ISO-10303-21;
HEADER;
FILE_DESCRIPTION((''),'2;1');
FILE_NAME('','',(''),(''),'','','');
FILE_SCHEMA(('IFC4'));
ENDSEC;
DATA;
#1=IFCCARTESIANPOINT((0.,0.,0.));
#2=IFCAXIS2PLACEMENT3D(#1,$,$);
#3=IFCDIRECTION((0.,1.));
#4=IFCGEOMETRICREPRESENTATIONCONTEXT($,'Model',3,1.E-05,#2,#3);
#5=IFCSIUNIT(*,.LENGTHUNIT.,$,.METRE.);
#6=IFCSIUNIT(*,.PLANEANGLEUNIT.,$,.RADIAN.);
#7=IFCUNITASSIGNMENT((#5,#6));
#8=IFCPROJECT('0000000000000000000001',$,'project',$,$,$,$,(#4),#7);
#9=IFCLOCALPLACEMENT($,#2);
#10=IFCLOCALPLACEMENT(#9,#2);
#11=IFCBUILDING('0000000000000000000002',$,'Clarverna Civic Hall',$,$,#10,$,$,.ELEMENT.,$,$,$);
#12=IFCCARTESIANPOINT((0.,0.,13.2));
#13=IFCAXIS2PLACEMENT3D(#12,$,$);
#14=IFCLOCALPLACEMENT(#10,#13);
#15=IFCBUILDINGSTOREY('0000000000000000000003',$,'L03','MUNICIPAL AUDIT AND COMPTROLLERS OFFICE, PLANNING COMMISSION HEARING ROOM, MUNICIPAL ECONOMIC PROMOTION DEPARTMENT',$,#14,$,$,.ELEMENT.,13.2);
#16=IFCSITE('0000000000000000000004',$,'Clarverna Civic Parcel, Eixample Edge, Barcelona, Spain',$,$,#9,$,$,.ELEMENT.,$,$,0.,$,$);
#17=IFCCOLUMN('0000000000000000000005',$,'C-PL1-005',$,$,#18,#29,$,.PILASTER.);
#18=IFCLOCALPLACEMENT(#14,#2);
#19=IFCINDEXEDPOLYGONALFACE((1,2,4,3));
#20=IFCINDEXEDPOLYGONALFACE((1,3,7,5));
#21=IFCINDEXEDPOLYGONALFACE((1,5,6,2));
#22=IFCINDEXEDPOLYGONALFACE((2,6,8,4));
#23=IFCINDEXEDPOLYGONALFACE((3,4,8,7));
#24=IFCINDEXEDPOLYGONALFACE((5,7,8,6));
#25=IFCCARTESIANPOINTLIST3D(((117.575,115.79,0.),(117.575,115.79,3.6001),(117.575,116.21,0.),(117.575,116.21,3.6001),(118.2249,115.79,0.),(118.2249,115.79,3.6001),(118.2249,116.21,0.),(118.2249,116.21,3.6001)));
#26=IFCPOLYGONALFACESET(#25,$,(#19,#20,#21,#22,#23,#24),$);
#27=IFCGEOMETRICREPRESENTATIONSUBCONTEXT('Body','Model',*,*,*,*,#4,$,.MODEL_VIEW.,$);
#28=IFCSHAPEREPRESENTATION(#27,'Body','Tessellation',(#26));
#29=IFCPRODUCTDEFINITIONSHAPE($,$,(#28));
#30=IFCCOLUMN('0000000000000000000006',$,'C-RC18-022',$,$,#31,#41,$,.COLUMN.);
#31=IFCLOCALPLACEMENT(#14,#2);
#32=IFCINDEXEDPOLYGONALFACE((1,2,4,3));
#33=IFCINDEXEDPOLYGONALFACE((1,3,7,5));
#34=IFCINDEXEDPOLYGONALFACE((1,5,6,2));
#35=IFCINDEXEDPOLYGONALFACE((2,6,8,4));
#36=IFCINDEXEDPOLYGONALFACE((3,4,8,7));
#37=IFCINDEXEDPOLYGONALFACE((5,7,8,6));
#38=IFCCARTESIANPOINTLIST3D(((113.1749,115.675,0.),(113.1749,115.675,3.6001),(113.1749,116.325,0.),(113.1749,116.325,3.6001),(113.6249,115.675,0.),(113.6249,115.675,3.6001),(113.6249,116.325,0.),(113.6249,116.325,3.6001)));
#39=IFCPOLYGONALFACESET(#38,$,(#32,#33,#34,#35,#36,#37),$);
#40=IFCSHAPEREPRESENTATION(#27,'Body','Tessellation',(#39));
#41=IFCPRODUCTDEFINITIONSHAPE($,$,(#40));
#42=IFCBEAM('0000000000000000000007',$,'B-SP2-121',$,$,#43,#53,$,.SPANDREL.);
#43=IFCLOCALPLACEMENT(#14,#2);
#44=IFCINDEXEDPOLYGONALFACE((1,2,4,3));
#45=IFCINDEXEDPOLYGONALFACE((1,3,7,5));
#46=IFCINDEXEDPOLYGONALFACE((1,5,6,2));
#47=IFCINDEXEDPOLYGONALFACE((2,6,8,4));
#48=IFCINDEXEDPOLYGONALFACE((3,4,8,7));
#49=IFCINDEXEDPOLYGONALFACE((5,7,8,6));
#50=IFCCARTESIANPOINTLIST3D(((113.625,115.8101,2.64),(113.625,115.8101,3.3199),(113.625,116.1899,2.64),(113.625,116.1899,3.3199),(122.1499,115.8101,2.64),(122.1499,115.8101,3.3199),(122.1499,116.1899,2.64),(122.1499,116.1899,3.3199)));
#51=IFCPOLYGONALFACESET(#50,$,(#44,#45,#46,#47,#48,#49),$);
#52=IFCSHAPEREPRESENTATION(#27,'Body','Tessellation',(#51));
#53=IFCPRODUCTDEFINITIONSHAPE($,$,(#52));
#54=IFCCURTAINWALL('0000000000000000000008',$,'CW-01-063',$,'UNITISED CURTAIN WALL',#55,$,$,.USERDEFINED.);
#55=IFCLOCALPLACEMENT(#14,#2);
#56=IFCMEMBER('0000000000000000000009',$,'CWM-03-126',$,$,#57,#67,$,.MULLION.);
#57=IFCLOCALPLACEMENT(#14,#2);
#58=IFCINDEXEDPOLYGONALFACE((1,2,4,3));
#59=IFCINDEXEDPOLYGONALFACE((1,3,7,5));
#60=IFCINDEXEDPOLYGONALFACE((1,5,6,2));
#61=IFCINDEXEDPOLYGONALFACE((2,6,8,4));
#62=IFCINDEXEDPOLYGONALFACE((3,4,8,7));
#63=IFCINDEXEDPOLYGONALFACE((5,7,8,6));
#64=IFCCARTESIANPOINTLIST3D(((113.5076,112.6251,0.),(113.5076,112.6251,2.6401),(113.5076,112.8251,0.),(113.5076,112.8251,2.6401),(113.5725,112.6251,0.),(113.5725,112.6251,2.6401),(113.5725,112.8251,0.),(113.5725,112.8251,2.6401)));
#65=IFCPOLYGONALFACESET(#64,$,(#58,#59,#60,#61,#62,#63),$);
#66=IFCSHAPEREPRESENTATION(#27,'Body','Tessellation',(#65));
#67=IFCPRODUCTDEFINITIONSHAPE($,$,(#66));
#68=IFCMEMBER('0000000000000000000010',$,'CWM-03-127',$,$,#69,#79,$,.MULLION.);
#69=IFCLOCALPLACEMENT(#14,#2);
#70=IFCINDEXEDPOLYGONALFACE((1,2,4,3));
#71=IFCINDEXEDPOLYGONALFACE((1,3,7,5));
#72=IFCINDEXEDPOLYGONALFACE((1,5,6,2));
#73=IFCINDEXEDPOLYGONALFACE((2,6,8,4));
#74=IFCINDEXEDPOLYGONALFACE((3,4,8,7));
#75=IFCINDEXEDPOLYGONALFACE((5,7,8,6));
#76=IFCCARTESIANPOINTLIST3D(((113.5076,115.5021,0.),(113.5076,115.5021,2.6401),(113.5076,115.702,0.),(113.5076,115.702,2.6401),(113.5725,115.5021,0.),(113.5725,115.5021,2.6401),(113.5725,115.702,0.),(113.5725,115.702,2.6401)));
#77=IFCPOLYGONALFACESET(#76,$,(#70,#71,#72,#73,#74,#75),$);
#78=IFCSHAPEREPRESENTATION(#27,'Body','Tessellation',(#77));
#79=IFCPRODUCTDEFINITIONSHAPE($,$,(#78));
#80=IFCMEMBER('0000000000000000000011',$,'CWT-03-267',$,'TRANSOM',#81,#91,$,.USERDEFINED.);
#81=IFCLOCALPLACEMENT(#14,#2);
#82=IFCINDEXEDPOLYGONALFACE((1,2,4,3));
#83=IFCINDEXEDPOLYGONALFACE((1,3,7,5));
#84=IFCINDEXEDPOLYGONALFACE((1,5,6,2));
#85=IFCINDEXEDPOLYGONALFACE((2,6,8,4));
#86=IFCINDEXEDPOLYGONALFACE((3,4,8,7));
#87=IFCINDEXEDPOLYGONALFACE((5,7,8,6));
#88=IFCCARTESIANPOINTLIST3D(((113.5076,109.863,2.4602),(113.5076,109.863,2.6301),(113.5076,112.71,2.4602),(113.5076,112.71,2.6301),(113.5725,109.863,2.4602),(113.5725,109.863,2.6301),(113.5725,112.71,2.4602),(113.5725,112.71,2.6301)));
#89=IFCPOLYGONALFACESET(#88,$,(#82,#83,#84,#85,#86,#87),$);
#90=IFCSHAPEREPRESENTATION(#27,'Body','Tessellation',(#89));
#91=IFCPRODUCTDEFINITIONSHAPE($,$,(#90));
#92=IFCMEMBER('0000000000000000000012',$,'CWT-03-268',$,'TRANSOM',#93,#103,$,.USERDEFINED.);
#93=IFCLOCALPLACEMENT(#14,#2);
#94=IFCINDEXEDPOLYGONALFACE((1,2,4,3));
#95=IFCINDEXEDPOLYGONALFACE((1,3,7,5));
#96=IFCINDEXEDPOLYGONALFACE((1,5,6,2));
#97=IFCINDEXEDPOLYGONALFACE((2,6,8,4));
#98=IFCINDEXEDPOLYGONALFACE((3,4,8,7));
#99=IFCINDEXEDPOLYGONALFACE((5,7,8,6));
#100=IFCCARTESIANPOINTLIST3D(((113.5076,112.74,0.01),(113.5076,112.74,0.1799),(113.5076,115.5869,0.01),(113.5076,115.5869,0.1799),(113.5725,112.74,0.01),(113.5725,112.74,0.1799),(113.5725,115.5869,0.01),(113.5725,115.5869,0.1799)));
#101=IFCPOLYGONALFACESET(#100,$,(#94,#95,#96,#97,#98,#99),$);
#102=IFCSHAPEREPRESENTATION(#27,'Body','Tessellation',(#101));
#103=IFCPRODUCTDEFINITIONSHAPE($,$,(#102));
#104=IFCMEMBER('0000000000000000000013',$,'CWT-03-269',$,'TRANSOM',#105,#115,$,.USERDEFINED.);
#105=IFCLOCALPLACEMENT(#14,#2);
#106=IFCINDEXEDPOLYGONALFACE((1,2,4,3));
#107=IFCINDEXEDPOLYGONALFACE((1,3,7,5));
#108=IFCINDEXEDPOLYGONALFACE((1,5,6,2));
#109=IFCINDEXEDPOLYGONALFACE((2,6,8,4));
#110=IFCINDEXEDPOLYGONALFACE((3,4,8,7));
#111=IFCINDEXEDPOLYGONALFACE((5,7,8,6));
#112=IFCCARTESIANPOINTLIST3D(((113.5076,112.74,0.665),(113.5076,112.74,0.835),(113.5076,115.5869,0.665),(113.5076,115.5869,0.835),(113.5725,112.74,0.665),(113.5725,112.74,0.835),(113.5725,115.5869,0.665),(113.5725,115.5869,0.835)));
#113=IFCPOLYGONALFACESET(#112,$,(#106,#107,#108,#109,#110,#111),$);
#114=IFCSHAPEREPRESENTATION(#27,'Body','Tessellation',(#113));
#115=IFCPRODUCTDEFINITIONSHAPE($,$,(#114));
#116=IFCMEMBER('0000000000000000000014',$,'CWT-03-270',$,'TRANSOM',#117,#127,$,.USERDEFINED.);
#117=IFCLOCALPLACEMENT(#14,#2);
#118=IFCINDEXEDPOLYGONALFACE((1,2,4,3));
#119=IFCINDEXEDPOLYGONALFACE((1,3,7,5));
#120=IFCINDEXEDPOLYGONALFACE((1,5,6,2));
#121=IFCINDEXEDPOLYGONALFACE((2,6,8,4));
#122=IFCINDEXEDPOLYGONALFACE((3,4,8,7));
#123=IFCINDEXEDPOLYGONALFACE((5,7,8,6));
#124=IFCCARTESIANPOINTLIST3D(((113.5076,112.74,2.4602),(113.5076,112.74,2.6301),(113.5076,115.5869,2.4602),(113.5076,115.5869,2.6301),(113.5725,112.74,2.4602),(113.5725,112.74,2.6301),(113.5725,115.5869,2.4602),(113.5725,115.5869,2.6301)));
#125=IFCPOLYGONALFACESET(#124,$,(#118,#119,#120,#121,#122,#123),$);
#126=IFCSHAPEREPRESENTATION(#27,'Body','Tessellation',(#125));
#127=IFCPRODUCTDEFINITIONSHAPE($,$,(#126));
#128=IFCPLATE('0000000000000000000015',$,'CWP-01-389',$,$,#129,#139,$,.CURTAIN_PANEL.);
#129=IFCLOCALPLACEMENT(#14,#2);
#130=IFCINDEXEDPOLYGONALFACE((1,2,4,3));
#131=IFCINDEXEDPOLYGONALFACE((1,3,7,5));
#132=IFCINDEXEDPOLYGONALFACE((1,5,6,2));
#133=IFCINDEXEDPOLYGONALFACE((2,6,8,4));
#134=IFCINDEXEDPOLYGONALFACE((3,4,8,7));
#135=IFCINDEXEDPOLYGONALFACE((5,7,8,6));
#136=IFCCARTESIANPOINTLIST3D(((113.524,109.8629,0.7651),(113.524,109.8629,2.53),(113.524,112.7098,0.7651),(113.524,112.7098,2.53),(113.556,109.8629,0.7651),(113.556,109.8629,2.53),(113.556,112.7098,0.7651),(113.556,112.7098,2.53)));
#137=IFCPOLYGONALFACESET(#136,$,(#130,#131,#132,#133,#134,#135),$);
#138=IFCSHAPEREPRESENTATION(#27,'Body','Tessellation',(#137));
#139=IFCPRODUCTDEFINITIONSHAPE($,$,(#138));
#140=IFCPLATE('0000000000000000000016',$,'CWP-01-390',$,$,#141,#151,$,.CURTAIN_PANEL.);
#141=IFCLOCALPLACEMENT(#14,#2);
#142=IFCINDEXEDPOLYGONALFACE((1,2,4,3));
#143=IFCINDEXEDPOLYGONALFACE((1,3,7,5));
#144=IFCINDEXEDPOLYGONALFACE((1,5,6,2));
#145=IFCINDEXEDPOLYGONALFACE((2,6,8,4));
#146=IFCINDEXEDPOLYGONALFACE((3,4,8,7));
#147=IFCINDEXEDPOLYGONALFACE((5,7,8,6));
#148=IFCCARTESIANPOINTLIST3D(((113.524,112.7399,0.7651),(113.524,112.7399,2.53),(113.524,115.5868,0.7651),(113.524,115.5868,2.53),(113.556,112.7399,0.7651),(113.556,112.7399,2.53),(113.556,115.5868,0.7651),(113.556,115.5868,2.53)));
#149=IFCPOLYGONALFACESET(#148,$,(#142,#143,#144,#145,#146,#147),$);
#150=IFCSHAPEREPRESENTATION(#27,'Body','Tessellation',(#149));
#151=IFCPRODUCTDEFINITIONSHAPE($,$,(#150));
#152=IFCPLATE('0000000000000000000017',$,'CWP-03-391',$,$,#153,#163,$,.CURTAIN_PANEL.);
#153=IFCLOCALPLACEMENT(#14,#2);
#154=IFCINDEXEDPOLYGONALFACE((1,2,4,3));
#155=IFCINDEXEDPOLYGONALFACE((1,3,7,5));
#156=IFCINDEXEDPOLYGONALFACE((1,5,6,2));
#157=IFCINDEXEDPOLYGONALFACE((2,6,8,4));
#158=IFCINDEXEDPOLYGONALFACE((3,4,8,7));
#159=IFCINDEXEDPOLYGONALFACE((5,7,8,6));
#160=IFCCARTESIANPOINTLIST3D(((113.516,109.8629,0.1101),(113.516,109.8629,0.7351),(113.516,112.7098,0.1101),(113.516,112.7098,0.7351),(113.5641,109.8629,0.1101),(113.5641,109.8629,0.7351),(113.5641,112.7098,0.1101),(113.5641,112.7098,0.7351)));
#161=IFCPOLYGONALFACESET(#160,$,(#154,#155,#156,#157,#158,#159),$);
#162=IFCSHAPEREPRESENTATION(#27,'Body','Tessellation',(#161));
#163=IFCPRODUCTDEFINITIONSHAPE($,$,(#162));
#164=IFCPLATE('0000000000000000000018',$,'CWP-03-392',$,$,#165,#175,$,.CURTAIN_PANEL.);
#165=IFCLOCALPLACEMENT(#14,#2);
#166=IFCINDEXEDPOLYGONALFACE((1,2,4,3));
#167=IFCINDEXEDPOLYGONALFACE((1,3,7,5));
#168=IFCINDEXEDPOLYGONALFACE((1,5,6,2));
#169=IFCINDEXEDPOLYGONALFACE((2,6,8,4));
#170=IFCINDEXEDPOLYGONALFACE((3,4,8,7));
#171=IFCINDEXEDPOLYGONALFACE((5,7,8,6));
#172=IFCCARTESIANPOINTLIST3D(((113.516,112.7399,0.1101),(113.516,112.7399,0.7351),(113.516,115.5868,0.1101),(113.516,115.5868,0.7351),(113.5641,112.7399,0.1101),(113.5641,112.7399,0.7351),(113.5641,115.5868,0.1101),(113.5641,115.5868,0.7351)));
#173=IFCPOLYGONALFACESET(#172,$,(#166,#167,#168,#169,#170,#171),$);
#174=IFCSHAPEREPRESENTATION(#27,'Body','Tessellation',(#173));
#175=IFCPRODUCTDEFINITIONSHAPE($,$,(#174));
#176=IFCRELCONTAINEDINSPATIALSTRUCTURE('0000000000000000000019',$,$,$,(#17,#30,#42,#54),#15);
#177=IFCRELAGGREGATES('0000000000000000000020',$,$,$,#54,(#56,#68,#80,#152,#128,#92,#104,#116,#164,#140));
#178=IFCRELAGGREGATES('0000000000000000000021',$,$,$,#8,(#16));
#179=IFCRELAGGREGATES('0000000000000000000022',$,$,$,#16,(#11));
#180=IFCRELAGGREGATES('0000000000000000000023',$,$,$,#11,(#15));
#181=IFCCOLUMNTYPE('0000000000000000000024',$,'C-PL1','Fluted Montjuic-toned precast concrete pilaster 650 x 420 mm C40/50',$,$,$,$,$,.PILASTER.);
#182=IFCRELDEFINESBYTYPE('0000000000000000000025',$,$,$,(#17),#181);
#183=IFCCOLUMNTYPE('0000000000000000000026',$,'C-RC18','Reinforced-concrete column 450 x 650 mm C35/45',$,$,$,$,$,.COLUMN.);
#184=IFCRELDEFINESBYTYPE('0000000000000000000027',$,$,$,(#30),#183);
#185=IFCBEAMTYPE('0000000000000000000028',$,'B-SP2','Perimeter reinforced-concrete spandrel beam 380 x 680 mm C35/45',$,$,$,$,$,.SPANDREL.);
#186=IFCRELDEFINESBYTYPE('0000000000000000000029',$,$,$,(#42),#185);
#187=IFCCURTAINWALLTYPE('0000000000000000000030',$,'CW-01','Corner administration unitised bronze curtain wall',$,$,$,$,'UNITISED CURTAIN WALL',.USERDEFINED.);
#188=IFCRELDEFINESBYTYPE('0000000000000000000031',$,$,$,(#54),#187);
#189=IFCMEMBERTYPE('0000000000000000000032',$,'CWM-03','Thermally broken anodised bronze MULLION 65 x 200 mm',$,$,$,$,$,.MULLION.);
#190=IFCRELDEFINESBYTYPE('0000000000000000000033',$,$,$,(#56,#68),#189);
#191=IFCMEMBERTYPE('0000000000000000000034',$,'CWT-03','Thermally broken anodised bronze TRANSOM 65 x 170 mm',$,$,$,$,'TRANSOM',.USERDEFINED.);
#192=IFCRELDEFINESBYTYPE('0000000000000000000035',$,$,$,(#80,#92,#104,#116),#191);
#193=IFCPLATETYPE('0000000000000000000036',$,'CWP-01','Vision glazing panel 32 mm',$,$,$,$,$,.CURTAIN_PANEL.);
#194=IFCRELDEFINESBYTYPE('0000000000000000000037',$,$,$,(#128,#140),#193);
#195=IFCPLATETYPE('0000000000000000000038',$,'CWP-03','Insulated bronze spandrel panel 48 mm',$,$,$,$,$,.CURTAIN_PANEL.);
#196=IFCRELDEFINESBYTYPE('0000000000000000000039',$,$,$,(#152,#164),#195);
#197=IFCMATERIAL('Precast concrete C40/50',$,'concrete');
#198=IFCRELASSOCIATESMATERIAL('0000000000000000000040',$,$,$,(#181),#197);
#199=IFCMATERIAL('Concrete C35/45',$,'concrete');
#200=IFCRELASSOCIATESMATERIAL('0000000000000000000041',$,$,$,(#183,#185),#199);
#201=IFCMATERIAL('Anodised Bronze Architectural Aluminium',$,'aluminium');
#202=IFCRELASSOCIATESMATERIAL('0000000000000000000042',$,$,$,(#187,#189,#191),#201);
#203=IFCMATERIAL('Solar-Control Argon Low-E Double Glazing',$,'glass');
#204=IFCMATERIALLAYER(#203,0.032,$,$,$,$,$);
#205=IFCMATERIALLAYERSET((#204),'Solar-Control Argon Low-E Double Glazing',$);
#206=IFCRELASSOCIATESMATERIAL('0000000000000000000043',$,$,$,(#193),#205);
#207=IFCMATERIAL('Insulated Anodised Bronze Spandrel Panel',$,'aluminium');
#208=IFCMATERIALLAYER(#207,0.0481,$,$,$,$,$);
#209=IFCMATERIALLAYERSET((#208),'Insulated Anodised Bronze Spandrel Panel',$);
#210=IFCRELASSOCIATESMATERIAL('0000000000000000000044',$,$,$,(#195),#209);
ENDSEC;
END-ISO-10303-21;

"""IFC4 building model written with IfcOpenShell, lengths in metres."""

from ifc_helpers import new_model, si_unit, direction, frame, frame_2d, origin, origin_2d, place, context, subcontext, project, spatial, rectangle, extrude, material, layer, layer_set, material_profile, profile_set, type_object, element, aggregate, save


model = new_model("IFC4")

# Units and contexts
model_context = context("Model", 3, precision=1e-05, world=origin(), true_north=direction((0.0, 1.0)))
body_context = subcontext(model_context, "Body", "Model", "MODEL_VIEW")
ifc_project = project(units=[si_unit("LENGTHUNIT", "METRE"), si_unit("PLANEANGLEUNIT", "RADIAN")], contexts=[model_context])

# Site, building, storey
site_placement = place(None, origin())
site = spatial("IfcSite", under=ifc_project, at=site_placement, Name="Clarverna Civic Parcel, Eixample Edge, Barcelona, Spain", CompositionType="ELEMENT", RefElevation=0.0)
building_placement = place(site_placement, origin())
building = spatial("IfcBuilding", under=site, at=building_placement, Name="Clarverna Civic Hall", CompositionType="ELEMENT")
storey_placement = place(building_placement, frame((0.0, 0.0, 13.2)))
storey = spatial("IfcBuildingStorey", under=building, at=storey_placement, Name="L03", Description="MUNICIPAL AUDIT AND COMPTROLLERS OFFICE, PLANNING COMMISSION HEARING ROOM, MUNICIPAL ECONOMIC PROMOTION DEPARTMENT", CompositionType="ELEMENT", Elevation=13.2)

# Columns
ifc_material_1 = material(Name="Precast concrete C40/50", Category="concrete")
ifc_material_profile_1 = material_profile(ifc_material_1, rectangle(XDim=0.6499, YDim=0.4199, at=origin_2d()), Name="PILASTER 650x420")
ifc_profile_set_1 = profile_set([ifc_material_profile_1], Name="Precast concrete C40/50")
column_type_1 = type_object("IfcColumnType", Name="C-PL1", Description="Fluted Montjuic-toned precast concrete pilaster 650 x 420 mm C40/50", PredefinedType="PILASTER", material=ifc_profile_set_1)
column_1_placement = place(storey_placement, frame((117.8999, 116.0, 0.0), z_axis=(0.0, 0.0, 1.0), x_axis=(1.0, 0.0, 0.0)))
element("IfcColumn", 1, at=column_1_placement, inside=storey, type_object=column_type_1, Name="C-PL1-005", PredefinedType="PILASTER", context=body_context, shape_type="SweptSolid", body=[
    extrude(rectangle(XDim=0.6499, YDim=0.4199, at=origin_2d()), origin(), (0.0, 0.0, 1.0), 3.6001),
])
ifc_material_2 = material(Name="Concrete C35/45", Category="concrete")
ifc_material_profile_2 = material_profile(ifc_material_2, rectangle(XDim=0.45, YDim=0.6499, at=origin_2d()), Name="RC 450x650")
ifc_profile_set_2 = profile_set([ifc_material_profile_2], Name="Concrete C35/45")
column_type_2 = type_object("IfcColumnType", Name="C-RC18", Description="Reinforced-concrete column 450 x 650 mm C35/45", PredefinedType="COLUMN", material=ifc_profile_set_2)
column_2_placement = place(storey_placement, frame((113.3999, 116.0, 0.0), z_axis=(0.0, 0.0, 1.0), x_axis=(1.0, 0.0, 0.0)))
element("IfcColumn", 2, at=column_2_placement, inside=storey, type_object=column_type_2, Name="C-RC18-022", PredefinedType="COLUMN", context=body_context, shape_type="SweptSolid", body=[
    extrude(rectangle(XDim=0.45, YDim=0.6499, at=origin_2d()), origin(), (0.0, 0.0, 1.0), 3.6001),
])

# Beam
ifc_material_profile_3 = material_profile(ifc_material_2, rectangle(XDim=0.3799, YDim=0.6799, at=origin_2d()), Name="RC 380x680")
ifc_profile_set_3 = profile_set([ifc_material_profile_3], Name="Concrete C35/45")
beam_type = type_object("IfcBeamType", Name="B-SP2", Description="Perimeter reinforced-concrete spandrel beam 380 x 680 mm C35/45", PredefinedType="SPANDREL", material=ifc_profile_set_3)
beam_placement = place(storey_placement, frame((113.625, 116.0, 2.98), z_axis=(1.0, 0.0, 0.0), x_axis=(0.0, 1.0, 0.0)))
element("IfcBeam", 3, at=beam_placement, inside=storey, type_object=beam_type, Name="B-SP2-121", PredefinedType="SPANDREL", context=body_context, shape_type="SweptSolid", body=[
    extrude(rectangle(XDim=0.3799, YDim=0.6799, at=origin_2d()), origin(), (0.0, 0.0, 1.0), 8.5249),
])

# Curtain wall, members, plates
ifc_material_3 = material(Name="Anodised Bronze Architectural Aluminium", Category="aluminium")
curtain_wall_type = type_object("IfcCurtainWallType", Name="CW-01", Description="Corner administration unitised bronze curtain wall", ElementType="UNITISED CURTAIN WALL", PredefinedType="USERDEFINED", material=ifc_material_3)
curtain_wall_placement = place(storey_placement, origin())
curtain_wall = element("IfcCurtainWall", 4, at=curtain_wall_placement, inside=storey, type_object=curtain_wall_type, Name="CW-01-063", ObjectType="UNITISED CURTAIN WALL", PredefinedType="USERDEFINED")
ifc_material_profile_4 = material_profile(ifc_material_3, rectangle(XDim=0.0649, YDim=0.2, at=origin_2d()), Name="BRONZE 65x200")
ifc_profile_set_4 = profile_set([ifc_material_profile_4], Name="Anodised Bronze Architectural Aluminium")
member_type_1 = type_object("IfcMemberType", Name="CWM-03", Description="Thermally broken anodised bronze MULLION 65 x 200 mm", PredefinedType="MULLION", material=ifc_profile_set_4)
member_1_placement = place(storey_placement, frame((113.54, 112.7251, 0.0), z_axis=(0.0, 0.0, 1.0), x_axis=(1.0, 0.0, 0.0)))
member_1 = element("IfcMember", 5, at=member_1_placement, type_object=member_type_1, Name="CWM-03-126", PredefinedType="MULLION", context=body_context, shape_type="SweptSolid", body=[
    extrude(rectangle(XDim=0.0649, YDim=0.2, at=origin_2d()), origin(), (0.0, 0.0, 1.0), 2.6401),
])
member_2_placement = place(storey_placement, frame((113.54, 115.6021, 0.0), z_axis=(0.0, 0.0, 1.0), x_axis=(1.0, 0.0, 0.0)))
member_2 = element("IfcMember", 6, at=member_2_placement, type_object=member_type_1, Name="CWM-03-127", PredefinedType="MULLION", context=body_context, shape_type="SweptSolid", body=[
    extrude(rectangle(XDim=0.0649, YDim=0.2, at=origin_2d()), origin(), (0.0, 0.0, 1.0), 2.6401),
])
ifc_material_profile_5 = material_profile(ifc_material_3, rectangle(XDim=0.0649, YDim=0.1699, at=origin_2d()), Name="BRONZE 65x170")
ifc_profile_set_5 = profile_set([ifc_material_profile_5], Name="Anodised Bronze Architectural Aluminium")
member_type_2 = type_object("IfcMemberType", Name="CWT-03", Description="Thermally broken anodised bronze TRANSOM 65 x 170 mm", ElementType="TRANSOM", PredefinedType="USERDEFINED", material=ifc_profile_set_5)
member_3_placement = place(storey_placement, frame((113.54, 109.863, 2.5452), z_axis=(0.0, 1.0, 0.0), x_axis=(-1.0, 0.0, 0.0)))
member_3 = element("IfcMember", 7, at=member_3_placement, type_object=member_type_2, Name="CWT-03-267", ObjectType="TRANSOM", PredefinedType="USERDEFINED", context=body_context, shape_type="SweptSolid", body=[
    extrude(rectangle(XDim=0.0649, YDim=0.1699, at=origin_2d()), origin(), (0.0, 0.0, 1.0), 2.8469),
])
member_4_placement = place(storey_placement, frame((113.54, 112.74, 0.095), z_axis=(0.0, 1.0, 0.0), x_axis=(-1.0, 0.0, 0.0)))
member_4 = element("IfcMember", 8, at=member_4_placement, type_object=member_type_2, Name="CWT-03-268", ObjectType="TRANSOM", PredefinedType="USERDEFINED", context=body_context, shape_type="SweptSolid", body=[
    extrude(rectangle(XDim=0.0649, YDim=0.1699, at=origin_2d()), origin(), (0.0, 0.0, 1.0), 2.8469),
])
member_5_placement = place(storey_placement, frame((113.54, 112.74, 0.75), z_axis=(0.0, 1.0, 0.0), x_axis=(-1.0, 0.0, 0.0)))
member_5 = element("IfcMember", 9, at=member_5_placement, type_object=member_type_2, Name="CWT-03-269", ObjectType="TRANSOM", PredefinedType="USERDEFINED", context=body_context, shape_type="SweptSolid", body=[
    extrude(rectangle(XDim=0.0649, YDim=0.1699, at=origin_2d()), origin(), (0.0, 0.0, 1.0), 2.8469),
])
member_6_placement = place(storey_placement, frame((113.54, 112.74, 2.5452), z_axis=(0.0, 1.0, 0.0), x_axis=(-1.0, 0.0, 0.0)))
member_6 = element("IfcMember", 10, at=member_6_placement, type_object=member_type_2, Name="CWT-03-270", ObjectType="TRANSOM", PredefinedType="USERDEFINED", context=body_context, shape_type="SweptSolid", body=[
    extrude(rectangle(XDim=0.0649, YDim=0.1699, at=origin_2d()), origin(), (0.0, 0.0, 1.0), 2.8469),
])
ifc_material_4 = material(Name="Solar-Control Argon Low-E Double Glazing", Category="glass")
ifc_layer_1 = layer(ifc_material_4, 0.032)
ifc_layer_set_1 = layer_set([ifc_layer_1], Name="Solar-Control Argon Low-E Double Glazing")
plate_type_1 = type_object("IfcPlateType", Name="CWP-01", Description="Vision glazing panel 32 mm", PredefinedType="CURTAIN_PANEL", material=ifc_layer_set_1)
plate_1_placement = place(storey_placement, frame((113.54, 109.863, 0.7651), z_axis=(0.0, 0.0, 1.0), x_axis=(0.0, 1.0, 0.0)))
plate_1 = element("IfcPlate", 11, at=plate_1_placement, type_object=plate_type_1, Name="CWP-01-389", PredefinedType="CURTAIN_PANEL", context=body_context, shape_type="SweptSolid", body=[
    extrude(rectangle(XDim=2.8469, YDim=0.032, at=frame_2d((1.4233, 0.0))), origin(), (0.0, 0.0, 1.0), 1.7649),
])
plate_2_placement = place(storey_placement, frame((113.54, 112.74, 0.7651), z_axis=(0.0, 0.0, 1.0), x_axis=(0.0, 1.0, 0.0)))
plate_2 = element("IfcPlate", 12, at=plate_2_placement, type_object=plate_type_1, Name="CWP-01-390", PredefinedType="CURTAIN_PANEL", context=body_context, shape_type="SweptSolid", body=[
    extrude(rectangle(XDim=2.8469, YDim=0.032, at=frame_2d((1.4233, 0.0))), origin(), (0.0, 0.0, 1.0), 1.7649),
])
ifc_material_5 = material(Name="Insulated Anodised Bronze Spandrel Panel", Category="aluminium")
ifc_layer_2 = layer(ifc_material_5, 0.0481)
ifc_layer_set_2 = layer_set([ifc_layer_2], Name="Insulated Anodised Bronze Spandrel Panel")
plate_type_2 = type_object("IfcPlateType", Name="CWP-03", Description="Insulated bronze spandrel panel 48 mm", PredefinedType="CURTAIN_PANEL", material=ifc_layer_set_2)
plate_3_placement = place(storey_placement, frame((113.54, 109.863, 0.1101), z_axis=(0.0, 0.0, 1.0), x_axis=(0.0, 1.0, 0.0)))
plate_3 = element("IfcPlate", 13, at=plate_3_placement, type_object=plate_type_2, Name="CWP-03-391", PredefinedType="CURTAIN_PANEL", context=body_context, shape_type="SweptSolid", body=[
    extrude(rectangle(XDim=2.8469, YDim=0.0481, at=frame_2d((1.4233, 0.0))), origin(), (0.0, 0.0, 1.0), 0.625),
])
plate_4_placement = place(storey_placement, frame((113.54, 112.74, 0.1101), z_axis=(0.0, 0.0, 1.0), x_axis=(0.0, 1.0, 0.0)))
plate_4 = element("IfcPlate", 14, at=plate_4_placement, type_object=plate_type_2, Name="CWP-03-392", PredefinedType="CURTAIN_PANEL", context=body_context, shape_type="SweptSolid", body=[
    extrude(rectangle(XDim=2.8469, YDim=0.0481, at=frame_2d((1.4233, 0.0))), origin(), (0.0, 0.0, 1.0), 0.625),
])
aggregate(curtain_wall, [member_1, member_2, member_3, plate_3, plate_1, member_4, member_5, member_6, plate_4, plate_2])

save(model, "model.ifc")
